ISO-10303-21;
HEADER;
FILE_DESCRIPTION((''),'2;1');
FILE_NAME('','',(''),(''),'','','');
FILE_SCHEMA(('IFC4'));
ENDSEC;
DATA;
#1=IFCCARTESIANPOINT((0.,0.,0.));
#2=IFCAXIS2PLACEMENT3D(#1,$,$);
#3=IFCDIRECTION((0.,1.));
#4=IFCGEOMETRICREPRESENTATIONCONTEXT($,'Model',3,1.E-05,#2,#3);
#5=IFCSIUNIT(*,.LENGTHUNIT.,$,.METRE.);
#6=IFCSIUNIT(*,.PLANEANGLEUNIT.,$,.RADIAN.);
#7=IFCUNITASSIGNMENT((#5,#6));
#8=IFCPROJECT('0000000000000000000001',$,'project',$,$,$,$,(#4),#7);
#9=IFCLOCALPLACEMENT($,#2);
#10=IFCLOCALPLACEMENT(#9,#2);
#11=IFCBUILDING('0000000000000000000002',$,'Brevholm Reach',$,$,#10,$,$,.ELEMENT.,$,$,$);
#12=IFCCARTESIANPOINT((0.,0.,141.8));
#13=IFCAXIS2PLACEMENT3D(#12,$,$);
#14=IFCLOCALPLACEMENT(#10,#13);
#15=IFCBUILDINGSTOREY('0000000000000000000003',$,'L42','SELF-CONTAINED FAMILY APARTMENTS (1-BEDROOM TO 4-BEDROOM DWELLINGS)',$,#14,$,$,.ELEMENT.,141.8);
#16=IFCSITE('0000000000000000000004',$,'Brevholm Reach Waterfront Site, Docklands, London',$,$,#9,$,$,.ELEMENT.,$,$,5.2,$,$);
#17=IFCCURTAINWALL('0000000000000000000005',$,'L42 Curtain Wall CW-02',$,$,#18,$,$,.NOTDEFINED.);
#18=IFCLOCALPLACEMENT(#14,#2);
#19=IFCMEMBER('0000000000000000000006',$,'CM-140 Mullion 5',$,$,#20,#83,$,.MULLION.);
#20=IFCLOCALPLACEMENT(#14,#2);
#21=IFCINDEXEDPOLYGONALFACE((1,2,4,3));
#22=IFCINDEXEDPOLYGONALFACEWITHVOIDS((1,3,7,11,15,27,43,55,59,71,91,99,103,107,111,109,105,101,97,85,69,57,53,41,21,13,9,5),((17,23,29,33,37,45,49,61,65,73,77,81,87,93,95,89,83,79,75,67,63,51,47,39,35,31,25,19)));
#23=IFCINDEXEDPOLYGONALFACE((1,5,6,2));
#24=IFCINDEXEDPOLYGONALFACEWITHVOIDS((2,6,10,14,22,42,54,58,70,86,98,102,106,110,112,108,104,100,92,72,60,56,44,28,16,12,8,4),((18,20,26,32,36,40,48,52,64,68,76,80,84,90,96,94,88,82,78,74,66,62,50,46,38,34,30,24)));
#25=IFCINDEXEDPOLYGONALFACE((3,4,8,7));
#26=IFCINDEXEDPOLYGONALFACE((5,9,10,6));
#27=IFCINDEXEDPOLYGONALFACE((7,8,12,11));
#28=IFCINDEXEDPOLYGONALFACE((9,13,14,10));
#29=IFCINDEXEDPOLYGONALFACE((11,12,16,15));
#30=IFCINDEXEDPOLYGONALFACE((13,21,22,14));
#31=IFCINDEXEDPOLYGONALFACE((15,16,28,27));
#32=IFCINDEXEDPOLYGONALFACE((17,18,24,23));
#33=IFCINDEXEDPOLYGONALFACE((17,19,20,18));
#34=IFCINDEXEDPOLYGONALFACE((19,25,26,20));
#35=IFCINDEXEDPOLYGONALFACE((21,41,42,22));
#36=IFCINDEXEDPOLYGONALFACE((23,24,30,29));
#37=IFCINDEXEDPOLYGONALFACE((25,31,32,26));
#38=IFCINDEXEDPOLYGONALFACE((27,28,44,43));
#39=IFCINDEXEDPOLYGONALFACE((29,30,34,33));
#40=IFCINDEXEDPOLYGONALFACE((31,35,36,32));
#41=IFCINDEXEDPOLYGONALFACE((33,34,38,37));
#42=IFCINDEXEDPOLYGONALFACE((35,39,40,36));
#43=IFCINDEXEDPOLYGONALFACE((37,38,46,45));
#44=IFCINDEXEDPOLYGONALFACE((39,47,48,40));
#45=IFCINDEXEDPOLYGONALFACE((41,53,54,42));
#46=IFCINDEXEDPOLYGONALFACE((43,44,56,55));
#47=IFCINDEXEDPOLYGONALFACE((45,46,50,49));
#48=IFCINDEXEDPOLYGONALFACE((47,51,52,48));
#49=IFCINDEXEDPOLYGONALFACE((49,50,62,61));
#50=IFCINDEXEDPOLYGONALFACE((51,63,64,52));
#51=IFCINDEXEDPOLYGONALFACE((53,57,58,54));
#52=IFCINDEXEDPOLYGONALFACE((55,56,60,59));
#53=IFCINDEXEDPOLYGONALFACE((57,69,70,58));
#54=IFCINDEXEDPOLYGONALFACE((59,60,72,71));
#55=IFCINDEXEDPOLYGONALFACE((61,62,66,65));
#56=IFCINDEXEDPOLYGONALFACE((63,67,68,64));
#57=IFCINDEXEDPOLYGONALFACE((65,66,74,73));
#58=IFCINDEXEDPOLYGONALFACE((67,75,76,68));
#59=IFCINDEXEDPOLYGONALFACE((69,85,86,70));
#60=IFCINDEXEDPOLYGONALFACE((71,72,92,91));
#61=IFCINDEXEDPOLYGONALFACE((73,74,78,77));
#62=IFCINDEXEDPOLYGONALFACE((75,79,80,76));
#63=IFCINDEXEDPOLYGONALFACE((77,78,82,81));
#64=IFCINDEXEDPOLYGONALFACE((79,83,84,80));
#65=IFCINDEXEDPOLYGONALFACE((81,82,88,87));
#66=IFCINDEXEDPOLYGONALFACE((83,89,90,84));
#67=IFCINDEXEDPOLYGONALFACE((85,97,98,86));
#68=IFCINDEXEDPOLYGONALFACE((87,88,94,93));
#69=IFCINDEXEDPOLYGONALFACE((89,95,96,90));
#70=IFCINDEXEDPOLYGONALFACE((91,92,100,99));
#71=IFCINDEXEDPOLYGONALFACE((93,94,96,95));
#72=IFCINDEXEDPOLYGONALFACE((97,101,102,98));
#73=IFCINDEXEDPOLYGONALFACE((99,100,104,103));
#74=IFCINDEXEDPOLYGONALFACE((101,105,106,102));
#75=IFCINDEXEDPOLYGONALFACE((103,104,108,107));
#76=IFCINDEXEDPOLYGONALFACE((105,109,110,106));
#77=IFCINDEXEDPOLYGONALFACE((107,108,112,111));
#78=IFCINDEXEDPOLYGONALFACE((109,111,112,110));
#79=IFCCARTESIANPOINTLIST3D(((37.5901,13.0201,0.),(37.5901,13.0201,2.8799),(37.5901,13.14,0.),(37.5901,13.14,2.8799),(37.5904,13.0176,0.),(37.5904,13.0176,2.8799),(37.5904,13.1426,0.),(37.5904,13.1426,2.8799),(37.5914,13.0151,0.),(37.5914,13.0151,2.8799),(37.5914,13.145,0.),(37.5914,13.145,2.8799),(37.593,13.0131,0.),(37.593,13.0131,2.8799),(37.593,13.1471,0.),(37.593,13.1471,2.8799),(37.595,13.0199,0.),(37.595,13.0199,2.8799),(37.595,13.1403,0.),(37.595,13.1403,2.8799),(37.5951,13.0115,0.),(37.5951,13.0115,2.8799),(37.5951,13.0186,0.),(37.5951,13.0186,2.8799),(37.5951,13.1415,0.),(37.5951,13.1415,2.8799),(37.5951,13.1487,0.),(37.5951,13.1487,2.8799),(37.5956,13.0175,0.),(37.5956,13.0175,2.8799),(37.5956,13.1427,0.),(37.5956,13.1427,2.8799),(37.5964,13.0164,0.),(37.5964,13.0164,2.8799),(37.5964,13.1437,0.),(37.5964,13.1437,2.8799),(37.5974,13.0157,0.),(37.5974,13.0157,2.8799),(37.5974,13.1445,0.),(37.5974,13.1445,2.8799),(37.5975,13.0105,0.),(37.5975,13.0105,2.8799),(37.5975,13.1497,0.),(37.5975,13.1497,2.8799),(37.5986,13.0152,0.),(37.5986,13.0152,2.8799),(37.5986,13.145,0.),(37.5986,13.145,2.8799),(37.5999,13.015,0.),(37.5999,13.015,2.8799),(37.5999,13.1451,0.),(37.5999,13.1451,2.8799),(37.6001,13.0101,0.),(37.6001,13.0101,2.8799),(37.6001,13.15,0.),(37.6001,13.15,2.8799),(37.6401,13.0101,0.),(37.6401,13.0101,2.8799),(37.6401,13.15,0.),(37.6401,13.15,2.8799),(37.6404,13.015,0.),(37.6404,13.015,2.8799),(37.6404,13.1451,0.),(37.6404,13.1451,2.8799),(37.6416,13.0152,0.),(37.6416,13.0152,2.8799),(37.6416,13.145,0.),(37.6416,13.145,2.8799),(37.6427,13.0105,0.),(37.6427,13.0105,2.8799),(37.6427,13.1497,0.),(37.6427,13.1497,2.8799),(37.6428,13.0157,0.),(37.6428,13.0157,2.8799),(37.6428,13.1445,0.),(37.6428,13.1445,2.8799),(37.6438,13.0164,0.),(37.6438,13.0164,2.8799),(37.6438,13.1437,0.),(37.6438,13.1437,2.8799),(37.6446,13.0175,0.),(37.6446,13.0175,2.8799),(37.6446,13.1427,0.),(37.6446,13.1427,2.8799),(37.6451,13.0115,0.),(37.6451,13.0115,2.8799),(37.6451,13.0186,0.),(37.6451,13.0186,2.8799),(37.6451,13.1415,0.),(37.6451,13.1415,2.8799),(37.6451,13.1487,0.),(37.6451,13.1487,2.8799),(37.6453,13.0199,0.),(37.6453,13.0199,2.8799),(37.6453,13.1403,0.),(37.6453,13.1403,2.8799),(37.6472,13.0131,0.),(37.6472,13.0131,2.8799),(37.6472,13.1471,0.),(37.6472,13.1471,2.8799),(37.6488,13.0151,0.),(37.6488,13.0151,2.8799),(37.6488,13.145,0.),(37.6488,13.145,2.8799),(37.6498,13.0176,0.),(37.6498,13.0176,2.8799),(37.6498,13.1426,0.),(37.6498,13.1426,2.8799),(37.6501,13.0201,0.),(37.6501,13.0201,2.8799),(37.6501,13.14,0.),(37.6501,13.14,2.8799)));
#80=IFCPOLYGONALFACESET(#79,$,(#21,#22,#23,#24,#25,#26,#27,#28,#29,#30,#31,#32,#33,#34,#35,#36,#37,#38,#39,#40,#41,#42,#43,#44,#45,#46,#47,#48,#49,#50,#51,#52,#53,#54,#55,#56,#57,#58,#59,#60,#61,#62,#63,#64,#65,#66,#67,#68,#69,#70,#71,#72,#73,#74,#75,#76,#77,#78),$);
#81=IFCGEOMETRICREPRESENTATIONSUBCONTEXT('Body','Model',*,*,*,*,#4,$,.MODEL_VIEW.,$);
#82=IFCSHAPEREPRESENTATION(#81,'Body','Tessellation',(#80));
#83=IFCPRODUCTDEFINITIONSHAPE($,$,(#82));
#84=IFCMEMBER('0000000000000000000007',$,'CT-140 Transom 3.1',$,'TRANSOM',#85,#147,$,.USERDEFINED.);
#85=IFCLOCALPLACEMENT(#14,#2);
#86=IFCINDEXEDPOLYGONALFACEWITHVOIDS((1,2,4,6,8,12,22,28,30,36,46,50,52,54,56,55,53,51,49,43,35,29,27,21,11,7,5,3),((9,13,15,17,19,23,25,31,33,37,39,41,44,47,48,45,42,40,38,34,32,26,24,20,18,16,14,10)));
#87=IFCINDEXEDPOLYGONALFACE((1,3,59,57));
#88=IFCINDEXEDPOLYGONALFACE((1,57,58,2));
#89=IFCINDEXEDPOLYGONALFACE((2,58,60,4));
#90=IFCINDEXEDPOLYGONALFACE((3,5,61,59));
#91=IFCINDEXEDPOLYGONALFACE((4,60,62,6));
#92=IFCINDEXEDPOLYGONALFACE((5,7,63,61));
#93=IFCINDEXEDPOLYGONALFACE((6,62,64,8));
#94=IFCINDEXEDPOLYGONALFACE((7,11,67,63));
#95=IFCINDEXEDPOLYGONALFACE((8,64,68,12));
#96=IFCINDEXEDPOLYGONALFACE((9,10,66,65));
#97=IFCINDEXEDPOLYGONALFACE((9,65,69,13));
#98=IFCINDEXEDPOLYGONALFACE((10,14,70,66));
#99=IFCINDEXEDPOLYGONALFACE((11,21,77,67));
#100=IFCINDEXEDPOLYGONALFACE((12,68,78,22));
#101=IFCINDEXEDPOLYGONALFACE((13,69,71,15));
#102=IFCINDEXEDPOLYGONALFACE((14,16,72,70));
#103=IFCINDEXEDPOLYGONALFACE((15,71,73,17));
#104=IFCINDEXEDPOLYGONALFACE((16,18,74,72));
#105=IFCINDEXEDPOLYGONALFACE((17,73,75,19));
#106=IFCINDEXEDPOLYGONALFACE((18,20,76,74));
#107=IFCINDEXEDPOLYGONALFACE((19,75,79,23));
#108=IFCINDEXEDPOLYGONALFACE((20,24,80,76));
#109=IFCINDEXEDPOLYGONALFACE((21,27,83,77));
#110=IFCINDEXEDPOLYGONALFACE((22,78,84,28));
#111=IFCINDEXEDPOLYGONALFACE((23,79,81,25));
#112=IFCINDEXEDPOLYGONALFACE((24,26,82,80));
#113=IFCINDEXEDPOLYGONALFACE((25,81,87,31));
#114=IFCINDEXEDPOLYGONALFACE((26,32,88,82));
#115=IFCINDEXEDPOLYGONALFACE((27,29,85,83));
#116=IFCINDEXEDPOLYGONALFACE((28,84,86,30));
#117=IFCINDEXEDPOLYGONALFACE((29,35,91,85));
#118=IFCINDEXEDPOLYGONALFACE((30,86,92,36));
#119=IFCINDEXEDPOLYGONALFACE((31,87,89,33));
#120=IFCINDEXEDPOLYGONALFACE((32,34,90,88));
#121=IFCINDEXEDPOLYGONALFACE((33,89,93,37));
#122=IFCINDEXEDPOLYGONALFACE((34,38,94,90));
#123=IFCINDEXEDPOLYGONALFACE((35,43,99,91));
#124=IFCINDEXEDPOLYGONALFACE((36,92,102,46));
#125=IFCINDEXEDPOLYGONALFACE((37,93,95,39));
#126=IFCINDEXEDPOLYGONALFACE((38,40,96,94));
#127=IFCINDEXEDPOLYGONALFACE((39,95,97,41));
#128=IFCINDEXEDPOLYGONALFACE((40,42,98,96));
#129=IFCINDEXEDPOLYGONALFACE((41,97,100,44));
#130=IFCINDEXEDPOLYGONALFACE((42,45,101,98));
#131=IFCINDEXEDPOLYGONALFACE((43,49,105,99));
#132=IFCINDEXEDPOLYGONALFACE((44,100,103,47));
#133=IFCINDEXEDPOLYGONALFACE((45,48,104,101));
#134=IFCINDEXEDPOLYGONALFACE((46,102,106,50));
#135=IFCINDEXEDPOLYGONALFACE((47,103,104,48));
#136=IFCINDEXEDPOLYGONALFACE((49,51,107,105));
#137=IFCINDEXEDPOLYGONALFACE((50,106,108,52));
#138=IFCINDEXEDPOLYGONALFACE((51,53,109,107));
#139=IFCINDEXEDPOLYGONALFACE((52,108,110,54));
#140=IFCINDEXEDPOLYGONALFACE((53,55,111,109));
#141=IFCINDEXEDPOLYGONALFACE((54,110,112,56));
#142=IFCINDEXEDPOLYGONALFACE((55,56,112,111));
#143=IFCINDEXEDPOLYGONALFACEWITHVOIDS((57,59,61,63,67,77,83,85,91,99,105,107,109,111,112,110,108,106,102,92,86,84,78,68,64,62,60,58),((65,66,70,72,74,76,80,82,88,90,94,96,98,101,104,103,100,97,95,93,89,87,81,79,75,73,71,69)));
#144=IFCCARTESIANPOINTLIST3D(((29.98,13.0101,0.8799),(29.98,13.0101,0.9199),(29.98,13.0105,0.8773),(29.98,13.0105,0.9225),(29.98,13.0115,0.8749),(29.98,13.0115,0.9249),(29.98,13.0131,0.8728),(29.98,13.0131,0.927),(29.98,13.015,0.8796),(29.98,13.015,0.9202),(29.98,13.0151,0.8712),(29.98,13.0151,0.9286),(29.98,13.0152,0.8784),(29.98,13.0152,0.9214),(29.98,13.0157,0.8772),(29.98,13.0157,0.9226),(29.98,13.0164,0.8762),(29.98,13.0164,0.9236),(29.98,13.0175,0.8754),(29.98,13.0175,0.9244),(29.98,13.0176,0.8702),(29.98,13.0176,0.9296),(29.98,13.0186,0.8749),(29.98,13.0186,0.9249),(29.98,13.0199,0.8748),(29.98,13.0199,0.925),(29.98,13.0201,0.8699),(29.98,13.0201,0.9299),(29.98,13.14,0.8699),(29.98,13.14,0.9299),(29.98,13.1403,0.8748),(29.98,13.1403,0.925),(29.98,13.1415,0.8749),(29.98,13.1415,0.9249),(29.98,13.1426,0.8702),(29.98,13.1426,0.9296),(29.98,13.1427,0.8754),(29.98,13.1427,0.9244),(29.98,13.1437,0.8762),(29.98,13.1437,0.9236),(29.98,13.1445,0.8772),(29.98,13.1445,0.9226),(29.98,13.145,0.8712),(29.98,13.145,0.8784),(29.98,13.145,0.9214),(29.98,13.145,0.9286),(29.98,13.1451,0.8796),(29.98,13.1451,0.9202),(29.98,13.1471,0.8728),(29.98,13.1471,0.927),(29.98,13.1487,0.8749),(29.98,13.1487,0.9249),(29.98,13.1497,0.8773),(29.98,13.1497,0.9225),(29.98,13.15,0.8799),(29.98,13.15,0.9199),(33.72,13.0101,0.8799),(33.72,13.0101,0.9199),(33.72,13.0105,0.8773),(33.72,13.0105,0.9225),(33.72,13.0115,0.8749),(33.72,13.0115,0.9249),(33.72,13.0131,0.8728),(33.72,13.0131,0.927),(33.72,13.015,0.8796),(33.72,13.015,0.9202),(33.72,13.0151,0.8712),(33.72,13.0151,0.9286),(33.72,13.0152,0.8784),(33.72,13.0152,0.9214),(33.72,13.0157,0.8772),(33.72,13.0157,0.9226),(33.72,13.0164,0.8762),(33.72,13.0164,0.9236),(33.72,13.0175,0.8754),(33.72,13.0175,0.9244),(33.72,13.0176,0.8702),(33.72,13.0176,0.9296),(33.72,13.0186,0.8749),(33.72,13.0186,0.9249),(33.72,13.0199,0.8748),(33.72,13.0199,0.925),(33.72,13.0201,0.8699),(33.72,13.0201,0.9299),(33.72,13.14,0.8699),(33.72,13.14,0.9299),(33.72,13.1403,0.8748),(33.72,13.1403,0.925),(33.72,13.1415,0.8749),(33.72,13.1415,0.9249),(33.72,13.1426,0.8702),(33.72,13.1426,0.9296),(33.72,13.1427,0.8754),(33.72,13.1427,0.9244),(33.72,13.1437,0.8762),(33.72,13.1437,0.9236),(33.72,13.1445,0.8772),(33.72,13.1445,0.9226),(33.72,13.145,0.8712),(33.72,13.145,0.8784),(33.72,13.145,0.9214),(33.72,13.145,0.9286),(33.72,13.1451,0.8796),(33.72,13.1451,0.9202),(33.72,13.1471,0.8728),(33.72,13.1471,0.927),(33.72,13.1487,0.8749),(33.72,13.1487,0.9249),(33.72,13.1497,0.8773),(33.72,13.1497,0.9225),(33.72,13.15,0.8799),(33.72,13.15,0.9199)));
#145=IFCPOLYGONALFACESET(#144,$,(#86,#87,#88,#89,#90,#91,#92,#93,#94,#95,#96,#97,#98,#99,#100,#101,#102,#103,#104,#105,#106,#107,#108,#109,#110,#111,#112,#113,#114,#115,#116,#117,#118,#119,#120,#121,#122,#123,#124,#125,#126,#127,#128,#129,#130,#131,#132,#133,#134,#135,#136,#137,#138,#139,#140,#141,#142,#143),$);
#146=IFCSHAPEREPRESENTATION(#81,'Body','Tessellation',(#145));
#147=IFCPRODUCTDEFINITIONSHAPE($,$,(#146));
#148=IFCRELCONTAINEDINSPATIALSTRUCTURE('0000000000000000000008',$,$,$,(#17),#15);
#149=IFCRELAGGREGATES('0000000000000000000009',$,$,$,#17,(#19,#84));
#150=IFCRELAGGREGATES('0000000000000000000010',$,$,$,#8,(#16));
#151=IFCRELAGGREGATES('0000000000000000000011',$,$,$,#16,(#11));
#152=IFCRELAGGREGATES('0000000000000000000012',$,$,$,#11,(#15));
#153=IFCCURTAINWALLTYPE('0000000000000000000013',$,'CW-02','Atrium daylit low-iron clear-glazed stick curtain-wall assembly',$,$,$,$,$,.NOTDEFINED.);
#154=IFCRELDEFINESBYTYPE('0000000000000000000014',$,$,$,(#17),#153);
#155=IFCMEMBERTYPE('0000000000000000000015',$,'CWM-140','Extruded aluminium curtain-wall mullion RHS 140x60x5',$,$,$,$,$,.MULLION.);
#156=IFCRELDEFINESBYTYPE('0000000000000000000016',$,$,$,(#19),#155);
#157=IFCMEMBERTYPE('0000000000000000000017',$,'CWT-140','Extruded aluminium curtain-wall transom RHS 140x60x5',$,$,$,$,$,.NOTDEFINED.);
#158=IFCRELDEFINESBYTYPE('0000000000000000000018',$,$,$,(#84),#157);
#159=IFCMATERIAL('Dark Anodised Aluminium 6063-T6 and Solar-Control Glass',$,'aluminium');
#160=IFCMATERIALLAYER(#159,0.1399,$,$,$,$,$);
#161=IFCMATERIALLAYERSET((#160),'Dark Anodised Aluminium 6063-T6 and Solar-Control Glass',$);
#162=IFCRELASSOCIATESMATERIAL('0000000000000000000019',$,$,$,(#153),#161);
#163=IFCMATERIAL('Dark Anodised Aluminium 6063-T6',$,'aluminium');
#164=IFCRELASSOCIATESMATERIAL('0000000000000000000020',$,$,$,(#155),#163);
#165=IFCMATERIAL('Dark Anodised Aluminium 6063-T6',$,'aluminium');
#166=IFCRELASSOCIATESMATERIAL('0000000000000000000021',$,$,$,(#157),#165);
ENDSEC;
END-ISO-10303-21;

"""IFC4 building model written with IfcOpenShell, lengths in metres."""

from ifc_helpers import new_model, si_unit, direction, frame, origin, origin_2d, place, context, subcontext, project, spatial, hollow_rectangle, extrude, material, layer, layer_set, material_profile, profile_set, type_object, element, aggregate, save


model = new_model("IFC4")

# Units and contexts
model_context = context("Model", 3, precision=1e-05, world=origin(), true_north=direction((0.0, 1.0)))
body_context = subcontext(model_context, "Body", "Model", "MODEL_VIEW")
ifc_project = project(units=[si_unit("LENGTHUNIT", "METRE"), si_unit("PLANEANGLEUNIT", "RADIAN")], contexts=[model_context])

# Site, building, storey
site_placement = place(None, origin())
site = spatial("IfcSite", under=ifc_project, at=site_placement, Name="Brevholm Reach Waterfront Site, Docklands, London", CompositionType="ELEMENT", RefElevation=5.2)
building_placement = place(site_placement, origin())
building = spatial("IfcBuilding", under=site, at=building_placement, Name="Brevholm Reach", CompositionType="ELEMENT")
storey_placement = place(building_placement, frame((0.0, 0.0, 141.8)))
storey = spatial("IfcBuildingStorey", under=building, at=storey_placement, Name="L42", Description="SELF-CONTAINED FAMILY APARTMENTS (1-BEDROOM TO 4-BEDROOM DWELLINGS)", CompositionType="ELEMENT", Elevation=141.8)

# Curtain wall, members
ifc_material_1 = material(Name="Dark Anodised Aluminium 6063-T6 and Solar-Control Glass", Category="aluminium")
ifc_layer_1 = layer(ifc_material_1, 0.1399)
ifc_layer_set_1 = layer_set([ifc_layer_1], Name="Dark Anodised Aluminium 6063-T6 and Solar-Control Glass")
curtain_wall_type = type_object("IfcCurtainWallType", Name="CW-02", Description="Atrium daylit low-iron clear-glazed stick curtain-wall assembly", PredefinedType="NOTDEFINED", material=ifc_layer_set_1)
curtain_wall_placement = place(storey_placement, origin())
curtain_wall = element("IfcCurtainWall", 1, at=curtain_wall_placement, inside=storey, type_object=curtain_wall_type, Name="L42 Curtain Wall CW-02", PredefinedType="NOTDEFINED")
ifc_material_2 = material(Name="Dark Anodised Aluminium 6063-T6", Category="aluminium")
ifc_material_profile_1 = material_profile(ifc_material_2, hollow_rectangle(XDim=0.0601, YDim=0.1399, WallThickness=0.0049, InnerFilletRadius=0.0049, OuterFilletRadius=0.01, at=origin_2d()), Name="RHS 140x60x5")
ifc_profile_set_1 = profile_set([ifc_material_profile_1], Name="Dark Anodised Aluminium 6063-T6")
member_type_1 = type_object("IfcMemberType", Name="CWM-140", Description="Extruded aluminium curtain-wall mullion RHS 140x60x5", PredefinedType="MULLION", material=ifc_profile_set_1)
member_1_placement = place(storey_placement, frame((37.6201, 13.0801, 0.0), z_axis=(0.0, 0.0, 1.0), x_axis=(1.0, 0.0, 0.0)))
member_1 = element("IfcMember", 2, at=member_1_placement, type_object=member_type_1, Name="CM-140 Mullion 5", PredefinedType="MULLION", context=body_context, shape_type="SweptSolid", body=[
    extrude(hollow_rectangle(XDim=0.0601, YDim=0.1399, WallThickness=0.0049, InnerFilletRadius=0.0049, OuterFilletRadius=0.01, at=origin_2d()), origin(), (0.0, 0.0, 1.0), 2.8799),
])
ifc_material_3 = material(Name="Dark Anodised Aluminium 6063-T6", Category="aluminium")
ifc_material_profile_2 = material_profile(ifc_material_3, hollow_rectangle(XDim=0.0601, YDim=0.1399, WallThickness=0.0049, InnerFilletRadius=0.0049, OuterFilletRadius=0.01, at=origin_2d()), Name="RHS 140x60x5")
ifc_profile_set_2 = profile_set([ifc_material_profile_2], Name="Dark Anodised Aluminium 6063-T6")
member_type_2 = type_object("IfcMemberType", Name="CWT-140", Description="Extruded aluminium curtain-wall transom RHS 140x60x5", PredefinedType="NOTDEFINED", material=ifc_profile_set_2)
member_2_placement = place(storey_placement, frame((29.98, 13.0801, 0.8999), z_axis=(1.0, 0.0, 0.0), x_axis=(0.0, 0.0, 1.0)))
member_2 = element("IfcMember", 3, at=member_2_placement, type_object=member_type_2, Name="CT-140 Transom 3.1", ObjectType="TRANSOM", PredefinedType="USERDEFINED", context=body_context, shape_type="SweptSolid", body=[
    extrude(hollow_rectangle(XDim=0.0601, YDim=0.1399, WallThickness=0.0049, InnerFilletRadius=0.0049, OuterFilletRadius=0.01, at=origin_2d()), origin(), (0.0, 0.0, 1.0), 3.74),
])
aggregate(curtain_wall, [member_1, member_2])

save(model, "model.ifc")
